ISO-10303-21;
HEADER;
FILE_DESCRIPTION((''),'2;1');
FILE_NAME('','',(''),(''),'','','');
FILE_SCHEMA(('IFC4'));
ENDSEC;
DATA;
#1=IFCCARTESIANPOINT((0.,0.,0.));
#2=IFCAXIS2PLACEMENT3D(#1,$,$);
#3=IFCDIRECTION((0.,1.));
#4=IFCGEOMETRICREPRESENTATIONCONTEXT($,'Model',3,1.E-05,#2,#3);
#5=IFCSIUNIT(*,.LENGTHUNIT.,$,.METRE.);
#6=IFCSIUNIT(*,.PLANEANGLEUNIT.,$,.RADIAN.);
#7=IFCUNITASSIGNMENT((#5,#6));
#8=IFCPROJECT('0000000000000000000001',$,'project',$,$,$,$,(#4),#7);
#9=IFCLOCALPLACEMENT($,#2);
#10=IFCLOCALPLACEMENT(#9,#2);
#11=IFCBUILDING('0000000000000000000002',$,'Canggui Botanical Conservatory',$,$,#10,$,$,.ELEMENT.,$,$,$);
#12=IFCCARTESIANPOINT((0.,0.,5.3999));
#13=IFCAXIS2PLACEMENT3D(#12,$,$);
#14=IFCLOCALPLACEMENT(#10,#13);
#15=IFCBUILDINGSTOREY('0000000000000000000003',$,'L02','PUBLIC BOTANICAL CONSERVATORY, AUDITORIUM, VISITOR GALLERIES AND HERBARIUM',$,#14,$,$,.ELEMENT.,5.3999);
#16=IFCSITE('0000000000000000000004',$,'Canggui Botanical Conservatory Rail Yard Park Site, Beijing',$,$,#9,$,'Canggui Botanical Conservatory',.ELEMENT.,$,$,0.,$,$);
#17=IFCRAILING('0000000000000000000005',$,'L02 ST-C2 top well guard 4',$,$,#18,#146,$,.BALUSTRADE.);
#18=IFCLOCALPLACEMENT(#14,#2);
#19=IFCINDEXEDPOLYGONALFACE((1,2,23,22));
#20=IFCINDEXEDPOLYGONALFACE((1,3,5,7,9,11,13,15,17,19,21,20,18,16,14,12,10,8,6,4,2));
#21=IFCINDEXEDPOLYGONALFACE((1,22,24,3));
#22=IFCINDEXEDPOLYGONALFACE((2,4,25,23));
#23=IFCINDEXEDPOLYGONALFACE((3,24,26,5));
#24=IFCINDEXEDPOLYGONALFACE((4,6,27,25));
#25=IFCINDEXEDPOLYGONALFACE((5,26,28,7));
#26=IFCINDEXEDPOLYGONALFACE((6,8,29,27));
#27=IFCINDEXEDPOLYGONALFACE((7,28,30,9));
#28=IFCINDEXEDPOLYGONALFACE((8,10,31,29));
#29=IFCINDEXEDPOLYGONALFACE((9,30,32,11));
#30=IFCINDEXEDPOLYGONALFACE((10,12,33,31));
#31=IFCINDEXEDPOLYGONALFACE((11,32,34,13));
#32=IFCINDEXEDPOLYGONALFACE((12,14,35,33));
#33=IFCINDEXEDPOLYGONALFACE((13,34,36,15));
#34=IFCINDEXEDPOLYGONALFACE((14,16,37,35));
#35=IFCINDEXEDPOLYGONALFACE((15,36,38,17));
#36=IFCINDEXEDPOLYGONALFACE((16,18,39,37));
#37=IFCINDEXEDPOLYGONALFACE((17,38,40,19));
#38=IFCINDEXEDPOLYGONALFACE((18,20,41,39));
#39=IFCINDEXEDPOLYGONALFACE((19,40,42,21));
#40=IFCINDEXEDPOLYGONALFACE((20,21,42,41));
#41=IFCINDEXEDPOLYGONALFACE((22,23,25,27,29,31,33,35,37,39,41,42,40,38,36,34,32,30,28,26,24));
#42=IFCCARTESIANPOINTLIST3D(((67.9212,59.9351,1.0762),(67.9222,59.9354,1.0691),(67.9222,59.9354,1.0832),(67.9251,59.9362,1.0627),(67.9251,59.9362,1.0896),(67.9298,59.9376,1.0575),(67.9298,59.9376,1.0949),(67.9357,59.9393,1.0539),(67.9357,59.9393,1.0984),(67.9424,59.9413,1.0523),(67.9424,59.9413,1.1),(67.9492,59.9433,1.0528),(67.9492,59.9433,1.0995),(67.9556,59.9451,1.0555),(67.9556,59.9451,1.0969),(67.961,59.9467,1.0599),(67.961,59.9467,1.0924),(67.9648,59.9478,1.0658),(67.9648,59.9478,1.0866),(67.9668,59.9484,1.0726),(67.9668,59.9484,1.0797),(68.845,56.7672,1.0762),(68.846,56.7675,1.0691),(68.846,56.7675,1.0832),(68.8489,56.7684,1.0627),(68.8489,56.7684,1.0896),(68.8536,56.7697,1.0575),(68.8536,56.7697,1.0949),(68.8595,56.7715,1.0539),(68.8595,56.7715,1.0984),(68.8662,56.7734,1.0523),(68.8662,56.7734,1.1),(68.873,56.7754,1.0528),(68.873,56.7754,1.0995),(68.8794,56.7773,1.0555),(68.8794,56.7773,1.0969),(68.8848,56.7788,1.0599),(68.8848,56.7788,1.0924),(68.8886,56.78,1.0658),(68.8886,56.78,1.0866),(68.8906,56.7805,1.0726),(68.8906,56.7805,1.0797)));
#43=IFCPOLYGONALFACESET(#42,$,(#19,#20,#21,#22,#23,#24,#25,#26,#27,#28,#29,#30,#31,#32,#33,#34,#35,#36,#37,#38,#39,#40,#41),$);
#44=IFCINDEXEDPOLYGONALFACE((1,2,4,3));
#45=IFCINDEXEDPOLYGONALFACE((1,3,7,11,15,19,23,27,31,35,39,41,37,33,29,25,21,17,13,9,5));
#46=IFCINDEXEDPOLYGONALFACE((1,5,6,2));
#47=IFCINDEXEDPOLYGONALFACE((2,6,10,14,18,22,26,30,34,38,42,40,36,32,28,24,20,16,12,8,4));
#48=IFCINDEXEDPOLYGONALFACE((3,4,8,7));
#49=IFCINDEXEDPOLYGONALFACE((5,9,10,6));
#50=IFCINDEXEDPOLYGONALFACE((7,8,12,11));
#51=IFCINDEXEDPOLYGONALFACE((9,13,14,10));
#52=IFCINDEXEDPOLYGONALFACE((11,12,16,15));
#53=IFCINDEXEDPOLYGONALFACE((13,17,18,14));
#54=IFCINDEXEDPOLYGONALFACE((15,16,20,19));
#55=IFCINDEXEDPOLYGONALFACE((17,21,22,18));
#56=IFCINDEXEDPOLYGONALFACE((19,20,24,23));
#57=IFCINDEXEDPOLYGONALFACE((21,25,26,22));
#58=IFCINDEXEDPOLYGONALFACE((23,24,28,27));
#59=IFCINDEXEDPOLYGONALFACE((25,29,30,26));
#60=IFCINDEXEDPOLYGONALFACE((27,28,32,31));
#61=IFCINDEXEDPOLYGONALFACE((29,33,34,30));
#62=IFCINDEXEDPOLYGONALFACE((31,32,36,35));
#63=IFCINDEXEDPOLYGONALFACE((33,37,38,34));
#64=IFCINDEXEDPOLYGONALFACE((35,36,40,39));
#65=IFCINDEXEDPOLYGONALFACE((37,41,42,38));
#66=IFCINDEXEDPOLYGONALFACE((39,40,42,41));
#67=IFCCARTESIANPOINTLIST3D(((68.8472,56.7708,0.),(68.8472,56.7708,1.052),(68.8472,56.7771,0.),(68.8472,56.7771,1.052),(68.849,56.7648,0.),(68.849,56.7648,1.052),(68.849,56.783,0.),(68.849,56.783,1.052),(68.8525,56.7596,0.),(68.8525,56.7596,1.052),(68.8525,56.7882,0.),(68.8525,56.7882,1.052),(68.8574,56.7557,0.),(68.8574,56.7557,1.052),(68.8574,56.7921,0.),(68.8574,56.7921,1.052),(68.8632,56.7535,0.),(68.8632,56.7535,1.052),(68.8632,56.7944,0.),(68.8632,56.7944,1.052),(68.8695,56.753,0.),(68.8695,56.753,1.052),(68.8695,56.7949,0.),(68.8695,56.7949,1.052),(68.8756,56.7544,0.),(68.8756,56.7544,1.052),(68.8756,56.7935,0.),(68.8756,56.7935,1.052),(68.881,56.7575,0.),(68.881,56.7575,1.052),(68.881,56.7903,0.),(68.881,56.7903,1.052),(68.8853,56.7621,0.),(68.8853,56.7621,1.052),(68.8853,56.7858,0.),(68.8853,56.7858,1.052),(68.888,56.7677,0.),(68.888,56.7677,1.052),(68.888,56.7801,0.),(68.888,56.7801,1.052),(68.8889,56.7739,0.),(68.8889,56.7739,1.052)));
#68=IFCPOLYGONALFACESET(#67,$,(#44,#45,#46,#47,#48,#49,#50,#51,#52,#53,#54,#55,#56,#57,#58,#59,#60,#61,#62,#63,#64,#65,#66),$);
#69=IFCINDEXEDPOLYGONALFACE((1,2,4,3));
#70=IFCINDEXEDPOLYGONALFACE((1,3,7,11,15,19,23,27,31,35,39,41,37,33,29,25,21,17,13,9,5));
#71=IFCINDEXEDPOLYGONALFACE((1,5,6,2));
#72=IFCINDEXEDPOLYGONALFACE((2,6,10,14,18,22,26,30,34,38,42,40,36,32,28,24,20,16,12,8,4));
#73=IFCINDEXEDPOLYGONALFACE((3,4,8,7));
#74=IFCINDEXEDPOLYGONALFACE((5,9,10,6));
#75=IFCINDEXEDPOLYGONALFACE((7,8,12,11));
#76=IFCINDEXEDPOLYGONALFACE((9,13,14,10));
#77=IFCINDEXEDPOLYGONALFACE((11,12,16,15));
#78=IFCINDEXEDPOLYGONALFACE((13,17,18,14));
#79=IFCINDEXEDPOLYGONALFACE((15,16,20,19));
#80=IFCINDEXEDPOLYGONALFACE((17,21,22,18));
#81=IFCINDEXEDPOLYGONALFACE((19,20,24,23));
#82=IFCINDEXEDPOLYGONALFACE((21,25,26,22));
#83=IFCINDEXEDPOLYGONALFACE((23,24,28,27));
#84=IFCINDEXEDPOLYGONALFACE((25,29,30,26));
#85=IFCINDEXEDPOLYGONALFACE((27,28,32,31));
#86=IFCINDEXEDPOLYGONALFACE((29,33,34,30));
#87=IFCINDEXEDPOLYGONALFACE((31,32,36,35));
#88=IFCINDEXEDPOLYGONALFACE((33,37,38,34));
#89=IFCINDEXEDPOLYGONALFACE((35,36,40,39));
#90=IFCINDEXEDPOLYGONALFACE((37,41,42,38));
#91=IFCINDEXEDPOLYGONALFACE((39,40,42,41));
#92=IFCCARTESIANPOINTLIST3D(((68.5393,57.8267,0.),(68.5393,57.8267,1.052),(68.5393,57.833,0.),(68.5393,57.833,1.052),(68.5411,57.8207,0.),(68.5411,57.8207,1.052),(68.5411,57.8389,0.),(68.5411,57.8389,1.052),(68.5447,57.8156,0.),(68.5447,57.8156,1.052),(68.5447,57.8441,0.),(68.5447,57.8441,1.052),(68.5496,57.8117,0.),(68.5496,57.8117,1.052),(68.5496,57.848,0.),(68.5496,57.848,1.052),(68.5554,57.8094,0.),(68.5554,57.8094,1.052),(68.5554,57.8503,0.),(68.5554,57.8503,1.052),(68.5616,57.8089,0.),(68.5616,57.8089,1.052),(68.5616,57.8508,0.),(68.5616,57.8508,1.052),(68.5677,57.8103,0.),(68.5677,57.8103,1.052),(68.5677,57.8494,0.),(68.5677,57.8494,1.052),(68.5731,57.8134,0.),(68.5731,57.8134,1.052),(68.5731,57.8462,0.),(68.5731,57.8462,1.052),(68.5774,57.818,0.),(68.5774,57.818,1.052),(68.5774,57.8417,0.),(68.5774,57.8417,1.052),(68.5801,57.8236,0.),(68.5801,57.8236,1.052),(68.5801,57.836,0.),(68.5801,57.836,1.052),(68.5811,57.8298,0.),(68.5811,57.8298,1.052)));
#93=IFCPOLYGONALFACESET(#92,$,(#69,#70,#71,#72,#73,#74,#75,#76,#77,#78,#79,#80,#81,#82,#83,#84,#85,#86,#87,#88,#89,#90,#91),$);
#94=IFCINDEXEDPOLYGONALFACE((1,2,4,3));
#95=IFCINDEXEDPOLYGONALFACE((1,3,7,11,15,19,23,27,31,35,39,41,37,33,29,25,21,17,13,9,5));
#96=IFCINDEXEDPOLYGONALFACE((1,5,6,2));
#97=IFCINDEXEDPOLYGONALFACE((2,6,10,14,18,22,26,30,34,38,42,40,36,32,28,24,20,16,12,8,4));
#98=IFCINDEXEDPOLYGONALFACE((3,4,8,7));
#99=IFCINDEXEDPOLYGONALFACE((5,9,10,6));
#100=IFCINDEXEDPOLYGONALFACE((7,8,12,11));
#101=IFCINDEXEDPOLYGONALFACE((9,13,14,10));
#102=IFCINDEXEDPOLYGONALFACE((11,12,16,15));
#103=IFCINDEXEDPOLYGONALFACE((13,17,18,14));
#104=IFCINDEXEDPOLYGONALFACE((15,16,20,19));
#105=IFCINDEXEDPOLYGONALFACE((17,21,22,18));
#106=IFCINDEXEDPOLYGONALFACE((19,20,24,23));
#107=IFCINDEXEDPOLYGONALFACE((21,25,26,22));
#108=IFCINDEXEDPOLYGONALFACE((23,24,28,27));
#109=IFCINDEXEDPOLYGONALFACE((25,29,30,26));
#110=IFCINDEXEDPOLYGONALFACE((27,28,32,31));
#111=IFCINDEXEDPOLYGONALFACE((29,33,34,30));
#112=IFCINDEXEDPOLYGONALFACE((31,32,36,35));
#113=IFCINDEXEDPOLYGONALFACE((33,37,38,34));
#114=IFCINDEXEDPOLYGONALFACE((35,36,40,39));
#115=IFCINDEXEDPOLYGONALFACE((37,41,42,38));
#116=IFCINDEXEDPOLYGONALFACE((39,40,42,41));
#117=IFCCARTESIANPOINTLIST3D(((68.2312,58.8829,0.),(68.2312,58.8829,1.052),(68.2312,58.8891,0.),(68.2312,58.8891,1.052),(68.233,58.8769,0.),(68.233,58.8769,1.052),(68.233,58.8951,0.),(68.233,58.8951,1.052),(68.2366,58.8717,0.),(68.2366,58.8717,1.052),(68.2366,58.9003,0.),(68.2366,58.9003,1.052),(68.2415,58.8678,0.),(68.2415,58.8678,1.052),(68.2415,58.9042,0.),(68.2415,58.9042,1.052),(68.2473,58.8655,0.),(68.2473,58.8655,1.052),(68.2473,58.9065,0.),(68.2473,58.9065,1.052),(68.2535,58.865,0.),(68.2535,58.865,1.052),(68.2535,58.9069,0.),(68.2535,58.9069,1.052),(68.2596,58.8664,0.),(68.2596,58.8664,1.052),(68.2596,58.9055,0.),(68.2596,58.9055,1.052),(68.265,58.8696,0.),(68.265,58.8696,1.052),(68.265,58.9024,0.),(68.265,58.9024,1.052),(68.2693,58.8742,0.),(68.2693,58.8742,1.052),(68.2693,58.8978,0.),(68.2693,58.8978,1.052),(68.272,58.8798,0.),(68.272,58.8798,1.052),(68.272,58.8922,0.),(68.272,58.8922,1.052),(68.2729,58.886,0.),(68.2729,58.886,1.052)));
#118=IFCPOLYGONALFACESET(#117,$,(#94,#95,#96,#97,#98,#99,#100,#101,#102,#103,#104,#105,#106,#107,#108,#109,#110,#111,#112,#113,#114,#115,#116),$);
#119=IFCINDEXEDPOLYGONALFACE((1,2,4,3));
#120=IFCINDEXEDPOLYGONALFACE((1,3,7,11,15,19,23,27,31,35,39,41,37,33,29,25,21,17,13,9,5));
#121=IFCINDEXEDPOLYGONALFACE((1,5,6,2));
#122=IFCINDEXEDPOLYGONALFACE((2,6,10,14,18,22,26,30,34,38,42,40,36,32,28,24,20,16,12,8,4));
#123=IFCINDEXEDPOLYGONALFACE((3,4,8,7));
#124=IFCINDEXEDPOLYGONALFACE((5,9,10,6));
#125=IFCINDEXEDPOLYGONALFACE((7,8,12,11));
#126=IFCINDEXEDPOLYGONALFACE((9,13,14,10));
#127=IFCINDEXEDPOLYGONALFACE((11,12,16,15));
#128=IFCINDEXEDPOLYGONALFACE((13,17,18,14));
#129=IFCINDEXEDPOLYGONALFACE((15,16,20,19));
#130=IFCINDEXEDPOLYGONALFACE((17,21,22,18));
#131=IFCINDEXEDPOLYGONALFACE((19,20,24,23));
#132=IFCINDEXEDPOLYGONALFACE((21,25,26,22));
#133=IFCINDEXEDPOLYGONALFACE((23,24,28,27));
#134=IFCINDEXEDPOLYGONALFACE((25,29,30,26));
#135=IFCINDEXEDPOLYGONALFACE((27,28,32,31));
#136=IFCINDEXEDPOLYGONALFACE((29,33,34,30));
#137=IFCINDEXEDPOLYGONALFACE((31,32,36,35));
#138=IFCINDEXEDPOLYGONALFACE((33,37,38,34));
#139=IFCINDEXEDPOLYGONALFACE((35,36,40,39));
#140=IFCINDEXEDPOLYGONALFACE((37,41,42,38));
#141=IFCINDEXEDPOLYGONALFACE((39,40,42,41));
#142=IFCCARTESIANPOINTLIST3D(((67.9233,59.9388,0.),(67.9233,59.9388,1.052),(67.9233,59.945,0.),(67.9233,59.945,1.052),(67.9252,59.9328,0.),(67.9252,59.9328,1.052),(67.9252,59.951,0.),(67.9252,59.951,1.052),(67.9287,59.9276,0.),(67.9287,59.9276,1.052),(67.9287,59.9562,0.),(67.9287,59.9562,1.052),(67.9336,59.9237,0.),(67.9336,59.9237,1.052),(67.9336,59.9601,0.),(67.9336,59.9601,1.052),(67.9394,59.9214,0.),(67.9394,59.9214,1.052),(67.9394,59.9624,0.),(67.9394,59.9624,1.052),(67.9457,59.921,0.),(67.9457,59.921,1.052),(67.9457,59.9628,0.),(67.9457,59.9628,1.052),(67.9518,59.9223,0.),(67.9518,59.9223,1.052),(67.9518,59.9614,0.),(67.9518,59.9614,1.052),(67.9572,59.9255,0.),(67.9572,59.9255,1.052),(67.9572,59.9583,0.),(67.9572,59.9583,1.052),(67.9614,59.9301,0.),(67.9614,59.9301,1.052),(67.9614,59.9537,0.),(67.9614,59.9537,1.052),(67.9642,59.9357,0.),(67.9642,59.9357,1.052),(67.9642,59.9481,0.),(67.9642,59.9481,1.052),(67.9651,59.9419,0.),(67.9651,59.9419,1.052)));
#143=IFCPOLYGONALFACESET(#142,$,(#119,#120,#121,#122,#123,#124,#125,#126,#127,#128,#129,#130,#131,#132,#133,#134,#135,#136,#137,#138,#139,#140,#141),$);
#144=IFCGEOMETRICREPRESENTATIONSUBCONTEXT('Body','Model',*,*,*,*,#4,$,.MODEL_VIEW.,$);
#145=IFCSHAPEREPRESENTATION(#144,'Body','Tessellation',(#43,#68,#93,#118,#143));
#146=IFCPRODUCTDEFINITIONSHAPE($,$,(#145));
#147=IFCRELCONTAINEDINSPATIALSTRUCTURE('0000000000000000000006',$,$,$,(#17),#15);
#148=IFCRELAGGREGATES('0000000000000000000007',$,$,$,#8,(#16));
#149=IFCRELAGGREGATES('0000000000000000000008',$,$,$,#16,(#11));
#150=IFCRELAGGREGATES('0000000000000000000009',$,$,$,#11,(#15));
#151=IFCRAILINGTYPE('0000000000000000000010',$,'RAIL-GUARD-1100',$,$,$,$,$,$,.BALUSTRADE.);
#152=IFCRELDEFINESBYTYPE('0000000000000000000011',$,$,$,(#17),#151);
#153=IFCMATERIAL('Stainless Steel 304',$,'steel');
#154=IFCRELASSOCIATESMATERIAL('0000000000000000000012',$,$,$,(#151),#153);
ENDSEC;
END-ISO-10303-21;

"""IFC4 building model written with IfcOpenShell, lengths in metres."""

from ifc_helpers import new_model, si_unit, direction, frame, origin, origin_2d, place, context, subcontext, project, spatial, circle, extrude, material, type_object, element, save


model = new_model("IFC4")

# Units and contexts
model_context = context("Model", 3, precision=1e-05, world=origin(), true_north=direction((0.0, 1.0)))
body_context = subcontext(model_context, "Body", "Model", "MODEL_VIEW")
ifc_project = project(units=[si_unit("LENGTHUNIT", "METRE"), si_unit("PLANEANGLEUNIT", "RADIAN")], contexts=[model_context])

# Site, building, storey
site_placement = place(None, origin())
site = spatial("IfcSite", under=ifc_project, at=site_placement, Name="Canggui Botanical Conservatory Rail Yard Park Site, Beijing", LongName="Canggui Botanical Conservatory", CompositionType="ELEMENT", RefElevation=0.0)
building_placement = place(site_placement, origin())
building = spatial("IfcBuilding", under=site, at=building_placement, Name="Canggui Botanical Conservatory", CompositionType="ELEMENT")
storey_placement = place(building_placement, frame((0.0, 0.0, 5.3999)))
storey = spatial("IfcBuildingStorey", under=building, at=storey_placement, Name="L02", Description="PUBLIC BOTANICAL CONSERVATORY, AUDITORIUM, VISITOR GALLERIES AND HERBARIUM", CompositionType="ELEMENT", Elevation=5.3999)

# Railing
ifc_material_1 = material(Name="Stainless Steel 304", Category="steel")
railing_type = type_object("IfcRailingType", Name="RAIL-GUARD-1100", PredefinedType="BALUSTRADE", material=ifc_material_1)
railing_1_placement = place(storey_placement, frame((68.8679, 56.7739, 0.0)))
element("IfcRailing", 1, at=railing_1_placement, inside=storey, type_object=railing_type, Name="L02 ST-C2 top well guard 4", PredefinedType="BALUSTRADE", context=body_context, shape_type="SweptSolid", body=[
    extrude(circle(Radius=0.0239, at=origin_2d()), frame((0.0, 0.0, 1.0762), z_axis=(-0.279955, 0.960013, 0.0), x_axis=(-0.960013, -0.279955, 0.0)), (0.0, 0.0, 1.0), 3.2998),
    extrude(circle(Radius=0.021, at=origin_2d()), origin(), (0.0, 0.0, 1.0), 1.052),
    extrude(circle(Radius=0.021, at=origin_2d()), frame((-0.3079, 1.0559, 0.0)), (0.0, 0.0, 1.0), 1.052),
    extrude(circle(Radius=0.021, at=origin_2d()), frame((-0.616, 2.1121, 0.0)), (0.0, 0.0, 1.0), 1.052),
    extrude(circle(Radius=0.021, at=origin_2d()), frame((-0.9238, 3.168, 0.0)), (0.0, 0.0, 1.0), 1.052),
])

save(model, "model.ifc")
